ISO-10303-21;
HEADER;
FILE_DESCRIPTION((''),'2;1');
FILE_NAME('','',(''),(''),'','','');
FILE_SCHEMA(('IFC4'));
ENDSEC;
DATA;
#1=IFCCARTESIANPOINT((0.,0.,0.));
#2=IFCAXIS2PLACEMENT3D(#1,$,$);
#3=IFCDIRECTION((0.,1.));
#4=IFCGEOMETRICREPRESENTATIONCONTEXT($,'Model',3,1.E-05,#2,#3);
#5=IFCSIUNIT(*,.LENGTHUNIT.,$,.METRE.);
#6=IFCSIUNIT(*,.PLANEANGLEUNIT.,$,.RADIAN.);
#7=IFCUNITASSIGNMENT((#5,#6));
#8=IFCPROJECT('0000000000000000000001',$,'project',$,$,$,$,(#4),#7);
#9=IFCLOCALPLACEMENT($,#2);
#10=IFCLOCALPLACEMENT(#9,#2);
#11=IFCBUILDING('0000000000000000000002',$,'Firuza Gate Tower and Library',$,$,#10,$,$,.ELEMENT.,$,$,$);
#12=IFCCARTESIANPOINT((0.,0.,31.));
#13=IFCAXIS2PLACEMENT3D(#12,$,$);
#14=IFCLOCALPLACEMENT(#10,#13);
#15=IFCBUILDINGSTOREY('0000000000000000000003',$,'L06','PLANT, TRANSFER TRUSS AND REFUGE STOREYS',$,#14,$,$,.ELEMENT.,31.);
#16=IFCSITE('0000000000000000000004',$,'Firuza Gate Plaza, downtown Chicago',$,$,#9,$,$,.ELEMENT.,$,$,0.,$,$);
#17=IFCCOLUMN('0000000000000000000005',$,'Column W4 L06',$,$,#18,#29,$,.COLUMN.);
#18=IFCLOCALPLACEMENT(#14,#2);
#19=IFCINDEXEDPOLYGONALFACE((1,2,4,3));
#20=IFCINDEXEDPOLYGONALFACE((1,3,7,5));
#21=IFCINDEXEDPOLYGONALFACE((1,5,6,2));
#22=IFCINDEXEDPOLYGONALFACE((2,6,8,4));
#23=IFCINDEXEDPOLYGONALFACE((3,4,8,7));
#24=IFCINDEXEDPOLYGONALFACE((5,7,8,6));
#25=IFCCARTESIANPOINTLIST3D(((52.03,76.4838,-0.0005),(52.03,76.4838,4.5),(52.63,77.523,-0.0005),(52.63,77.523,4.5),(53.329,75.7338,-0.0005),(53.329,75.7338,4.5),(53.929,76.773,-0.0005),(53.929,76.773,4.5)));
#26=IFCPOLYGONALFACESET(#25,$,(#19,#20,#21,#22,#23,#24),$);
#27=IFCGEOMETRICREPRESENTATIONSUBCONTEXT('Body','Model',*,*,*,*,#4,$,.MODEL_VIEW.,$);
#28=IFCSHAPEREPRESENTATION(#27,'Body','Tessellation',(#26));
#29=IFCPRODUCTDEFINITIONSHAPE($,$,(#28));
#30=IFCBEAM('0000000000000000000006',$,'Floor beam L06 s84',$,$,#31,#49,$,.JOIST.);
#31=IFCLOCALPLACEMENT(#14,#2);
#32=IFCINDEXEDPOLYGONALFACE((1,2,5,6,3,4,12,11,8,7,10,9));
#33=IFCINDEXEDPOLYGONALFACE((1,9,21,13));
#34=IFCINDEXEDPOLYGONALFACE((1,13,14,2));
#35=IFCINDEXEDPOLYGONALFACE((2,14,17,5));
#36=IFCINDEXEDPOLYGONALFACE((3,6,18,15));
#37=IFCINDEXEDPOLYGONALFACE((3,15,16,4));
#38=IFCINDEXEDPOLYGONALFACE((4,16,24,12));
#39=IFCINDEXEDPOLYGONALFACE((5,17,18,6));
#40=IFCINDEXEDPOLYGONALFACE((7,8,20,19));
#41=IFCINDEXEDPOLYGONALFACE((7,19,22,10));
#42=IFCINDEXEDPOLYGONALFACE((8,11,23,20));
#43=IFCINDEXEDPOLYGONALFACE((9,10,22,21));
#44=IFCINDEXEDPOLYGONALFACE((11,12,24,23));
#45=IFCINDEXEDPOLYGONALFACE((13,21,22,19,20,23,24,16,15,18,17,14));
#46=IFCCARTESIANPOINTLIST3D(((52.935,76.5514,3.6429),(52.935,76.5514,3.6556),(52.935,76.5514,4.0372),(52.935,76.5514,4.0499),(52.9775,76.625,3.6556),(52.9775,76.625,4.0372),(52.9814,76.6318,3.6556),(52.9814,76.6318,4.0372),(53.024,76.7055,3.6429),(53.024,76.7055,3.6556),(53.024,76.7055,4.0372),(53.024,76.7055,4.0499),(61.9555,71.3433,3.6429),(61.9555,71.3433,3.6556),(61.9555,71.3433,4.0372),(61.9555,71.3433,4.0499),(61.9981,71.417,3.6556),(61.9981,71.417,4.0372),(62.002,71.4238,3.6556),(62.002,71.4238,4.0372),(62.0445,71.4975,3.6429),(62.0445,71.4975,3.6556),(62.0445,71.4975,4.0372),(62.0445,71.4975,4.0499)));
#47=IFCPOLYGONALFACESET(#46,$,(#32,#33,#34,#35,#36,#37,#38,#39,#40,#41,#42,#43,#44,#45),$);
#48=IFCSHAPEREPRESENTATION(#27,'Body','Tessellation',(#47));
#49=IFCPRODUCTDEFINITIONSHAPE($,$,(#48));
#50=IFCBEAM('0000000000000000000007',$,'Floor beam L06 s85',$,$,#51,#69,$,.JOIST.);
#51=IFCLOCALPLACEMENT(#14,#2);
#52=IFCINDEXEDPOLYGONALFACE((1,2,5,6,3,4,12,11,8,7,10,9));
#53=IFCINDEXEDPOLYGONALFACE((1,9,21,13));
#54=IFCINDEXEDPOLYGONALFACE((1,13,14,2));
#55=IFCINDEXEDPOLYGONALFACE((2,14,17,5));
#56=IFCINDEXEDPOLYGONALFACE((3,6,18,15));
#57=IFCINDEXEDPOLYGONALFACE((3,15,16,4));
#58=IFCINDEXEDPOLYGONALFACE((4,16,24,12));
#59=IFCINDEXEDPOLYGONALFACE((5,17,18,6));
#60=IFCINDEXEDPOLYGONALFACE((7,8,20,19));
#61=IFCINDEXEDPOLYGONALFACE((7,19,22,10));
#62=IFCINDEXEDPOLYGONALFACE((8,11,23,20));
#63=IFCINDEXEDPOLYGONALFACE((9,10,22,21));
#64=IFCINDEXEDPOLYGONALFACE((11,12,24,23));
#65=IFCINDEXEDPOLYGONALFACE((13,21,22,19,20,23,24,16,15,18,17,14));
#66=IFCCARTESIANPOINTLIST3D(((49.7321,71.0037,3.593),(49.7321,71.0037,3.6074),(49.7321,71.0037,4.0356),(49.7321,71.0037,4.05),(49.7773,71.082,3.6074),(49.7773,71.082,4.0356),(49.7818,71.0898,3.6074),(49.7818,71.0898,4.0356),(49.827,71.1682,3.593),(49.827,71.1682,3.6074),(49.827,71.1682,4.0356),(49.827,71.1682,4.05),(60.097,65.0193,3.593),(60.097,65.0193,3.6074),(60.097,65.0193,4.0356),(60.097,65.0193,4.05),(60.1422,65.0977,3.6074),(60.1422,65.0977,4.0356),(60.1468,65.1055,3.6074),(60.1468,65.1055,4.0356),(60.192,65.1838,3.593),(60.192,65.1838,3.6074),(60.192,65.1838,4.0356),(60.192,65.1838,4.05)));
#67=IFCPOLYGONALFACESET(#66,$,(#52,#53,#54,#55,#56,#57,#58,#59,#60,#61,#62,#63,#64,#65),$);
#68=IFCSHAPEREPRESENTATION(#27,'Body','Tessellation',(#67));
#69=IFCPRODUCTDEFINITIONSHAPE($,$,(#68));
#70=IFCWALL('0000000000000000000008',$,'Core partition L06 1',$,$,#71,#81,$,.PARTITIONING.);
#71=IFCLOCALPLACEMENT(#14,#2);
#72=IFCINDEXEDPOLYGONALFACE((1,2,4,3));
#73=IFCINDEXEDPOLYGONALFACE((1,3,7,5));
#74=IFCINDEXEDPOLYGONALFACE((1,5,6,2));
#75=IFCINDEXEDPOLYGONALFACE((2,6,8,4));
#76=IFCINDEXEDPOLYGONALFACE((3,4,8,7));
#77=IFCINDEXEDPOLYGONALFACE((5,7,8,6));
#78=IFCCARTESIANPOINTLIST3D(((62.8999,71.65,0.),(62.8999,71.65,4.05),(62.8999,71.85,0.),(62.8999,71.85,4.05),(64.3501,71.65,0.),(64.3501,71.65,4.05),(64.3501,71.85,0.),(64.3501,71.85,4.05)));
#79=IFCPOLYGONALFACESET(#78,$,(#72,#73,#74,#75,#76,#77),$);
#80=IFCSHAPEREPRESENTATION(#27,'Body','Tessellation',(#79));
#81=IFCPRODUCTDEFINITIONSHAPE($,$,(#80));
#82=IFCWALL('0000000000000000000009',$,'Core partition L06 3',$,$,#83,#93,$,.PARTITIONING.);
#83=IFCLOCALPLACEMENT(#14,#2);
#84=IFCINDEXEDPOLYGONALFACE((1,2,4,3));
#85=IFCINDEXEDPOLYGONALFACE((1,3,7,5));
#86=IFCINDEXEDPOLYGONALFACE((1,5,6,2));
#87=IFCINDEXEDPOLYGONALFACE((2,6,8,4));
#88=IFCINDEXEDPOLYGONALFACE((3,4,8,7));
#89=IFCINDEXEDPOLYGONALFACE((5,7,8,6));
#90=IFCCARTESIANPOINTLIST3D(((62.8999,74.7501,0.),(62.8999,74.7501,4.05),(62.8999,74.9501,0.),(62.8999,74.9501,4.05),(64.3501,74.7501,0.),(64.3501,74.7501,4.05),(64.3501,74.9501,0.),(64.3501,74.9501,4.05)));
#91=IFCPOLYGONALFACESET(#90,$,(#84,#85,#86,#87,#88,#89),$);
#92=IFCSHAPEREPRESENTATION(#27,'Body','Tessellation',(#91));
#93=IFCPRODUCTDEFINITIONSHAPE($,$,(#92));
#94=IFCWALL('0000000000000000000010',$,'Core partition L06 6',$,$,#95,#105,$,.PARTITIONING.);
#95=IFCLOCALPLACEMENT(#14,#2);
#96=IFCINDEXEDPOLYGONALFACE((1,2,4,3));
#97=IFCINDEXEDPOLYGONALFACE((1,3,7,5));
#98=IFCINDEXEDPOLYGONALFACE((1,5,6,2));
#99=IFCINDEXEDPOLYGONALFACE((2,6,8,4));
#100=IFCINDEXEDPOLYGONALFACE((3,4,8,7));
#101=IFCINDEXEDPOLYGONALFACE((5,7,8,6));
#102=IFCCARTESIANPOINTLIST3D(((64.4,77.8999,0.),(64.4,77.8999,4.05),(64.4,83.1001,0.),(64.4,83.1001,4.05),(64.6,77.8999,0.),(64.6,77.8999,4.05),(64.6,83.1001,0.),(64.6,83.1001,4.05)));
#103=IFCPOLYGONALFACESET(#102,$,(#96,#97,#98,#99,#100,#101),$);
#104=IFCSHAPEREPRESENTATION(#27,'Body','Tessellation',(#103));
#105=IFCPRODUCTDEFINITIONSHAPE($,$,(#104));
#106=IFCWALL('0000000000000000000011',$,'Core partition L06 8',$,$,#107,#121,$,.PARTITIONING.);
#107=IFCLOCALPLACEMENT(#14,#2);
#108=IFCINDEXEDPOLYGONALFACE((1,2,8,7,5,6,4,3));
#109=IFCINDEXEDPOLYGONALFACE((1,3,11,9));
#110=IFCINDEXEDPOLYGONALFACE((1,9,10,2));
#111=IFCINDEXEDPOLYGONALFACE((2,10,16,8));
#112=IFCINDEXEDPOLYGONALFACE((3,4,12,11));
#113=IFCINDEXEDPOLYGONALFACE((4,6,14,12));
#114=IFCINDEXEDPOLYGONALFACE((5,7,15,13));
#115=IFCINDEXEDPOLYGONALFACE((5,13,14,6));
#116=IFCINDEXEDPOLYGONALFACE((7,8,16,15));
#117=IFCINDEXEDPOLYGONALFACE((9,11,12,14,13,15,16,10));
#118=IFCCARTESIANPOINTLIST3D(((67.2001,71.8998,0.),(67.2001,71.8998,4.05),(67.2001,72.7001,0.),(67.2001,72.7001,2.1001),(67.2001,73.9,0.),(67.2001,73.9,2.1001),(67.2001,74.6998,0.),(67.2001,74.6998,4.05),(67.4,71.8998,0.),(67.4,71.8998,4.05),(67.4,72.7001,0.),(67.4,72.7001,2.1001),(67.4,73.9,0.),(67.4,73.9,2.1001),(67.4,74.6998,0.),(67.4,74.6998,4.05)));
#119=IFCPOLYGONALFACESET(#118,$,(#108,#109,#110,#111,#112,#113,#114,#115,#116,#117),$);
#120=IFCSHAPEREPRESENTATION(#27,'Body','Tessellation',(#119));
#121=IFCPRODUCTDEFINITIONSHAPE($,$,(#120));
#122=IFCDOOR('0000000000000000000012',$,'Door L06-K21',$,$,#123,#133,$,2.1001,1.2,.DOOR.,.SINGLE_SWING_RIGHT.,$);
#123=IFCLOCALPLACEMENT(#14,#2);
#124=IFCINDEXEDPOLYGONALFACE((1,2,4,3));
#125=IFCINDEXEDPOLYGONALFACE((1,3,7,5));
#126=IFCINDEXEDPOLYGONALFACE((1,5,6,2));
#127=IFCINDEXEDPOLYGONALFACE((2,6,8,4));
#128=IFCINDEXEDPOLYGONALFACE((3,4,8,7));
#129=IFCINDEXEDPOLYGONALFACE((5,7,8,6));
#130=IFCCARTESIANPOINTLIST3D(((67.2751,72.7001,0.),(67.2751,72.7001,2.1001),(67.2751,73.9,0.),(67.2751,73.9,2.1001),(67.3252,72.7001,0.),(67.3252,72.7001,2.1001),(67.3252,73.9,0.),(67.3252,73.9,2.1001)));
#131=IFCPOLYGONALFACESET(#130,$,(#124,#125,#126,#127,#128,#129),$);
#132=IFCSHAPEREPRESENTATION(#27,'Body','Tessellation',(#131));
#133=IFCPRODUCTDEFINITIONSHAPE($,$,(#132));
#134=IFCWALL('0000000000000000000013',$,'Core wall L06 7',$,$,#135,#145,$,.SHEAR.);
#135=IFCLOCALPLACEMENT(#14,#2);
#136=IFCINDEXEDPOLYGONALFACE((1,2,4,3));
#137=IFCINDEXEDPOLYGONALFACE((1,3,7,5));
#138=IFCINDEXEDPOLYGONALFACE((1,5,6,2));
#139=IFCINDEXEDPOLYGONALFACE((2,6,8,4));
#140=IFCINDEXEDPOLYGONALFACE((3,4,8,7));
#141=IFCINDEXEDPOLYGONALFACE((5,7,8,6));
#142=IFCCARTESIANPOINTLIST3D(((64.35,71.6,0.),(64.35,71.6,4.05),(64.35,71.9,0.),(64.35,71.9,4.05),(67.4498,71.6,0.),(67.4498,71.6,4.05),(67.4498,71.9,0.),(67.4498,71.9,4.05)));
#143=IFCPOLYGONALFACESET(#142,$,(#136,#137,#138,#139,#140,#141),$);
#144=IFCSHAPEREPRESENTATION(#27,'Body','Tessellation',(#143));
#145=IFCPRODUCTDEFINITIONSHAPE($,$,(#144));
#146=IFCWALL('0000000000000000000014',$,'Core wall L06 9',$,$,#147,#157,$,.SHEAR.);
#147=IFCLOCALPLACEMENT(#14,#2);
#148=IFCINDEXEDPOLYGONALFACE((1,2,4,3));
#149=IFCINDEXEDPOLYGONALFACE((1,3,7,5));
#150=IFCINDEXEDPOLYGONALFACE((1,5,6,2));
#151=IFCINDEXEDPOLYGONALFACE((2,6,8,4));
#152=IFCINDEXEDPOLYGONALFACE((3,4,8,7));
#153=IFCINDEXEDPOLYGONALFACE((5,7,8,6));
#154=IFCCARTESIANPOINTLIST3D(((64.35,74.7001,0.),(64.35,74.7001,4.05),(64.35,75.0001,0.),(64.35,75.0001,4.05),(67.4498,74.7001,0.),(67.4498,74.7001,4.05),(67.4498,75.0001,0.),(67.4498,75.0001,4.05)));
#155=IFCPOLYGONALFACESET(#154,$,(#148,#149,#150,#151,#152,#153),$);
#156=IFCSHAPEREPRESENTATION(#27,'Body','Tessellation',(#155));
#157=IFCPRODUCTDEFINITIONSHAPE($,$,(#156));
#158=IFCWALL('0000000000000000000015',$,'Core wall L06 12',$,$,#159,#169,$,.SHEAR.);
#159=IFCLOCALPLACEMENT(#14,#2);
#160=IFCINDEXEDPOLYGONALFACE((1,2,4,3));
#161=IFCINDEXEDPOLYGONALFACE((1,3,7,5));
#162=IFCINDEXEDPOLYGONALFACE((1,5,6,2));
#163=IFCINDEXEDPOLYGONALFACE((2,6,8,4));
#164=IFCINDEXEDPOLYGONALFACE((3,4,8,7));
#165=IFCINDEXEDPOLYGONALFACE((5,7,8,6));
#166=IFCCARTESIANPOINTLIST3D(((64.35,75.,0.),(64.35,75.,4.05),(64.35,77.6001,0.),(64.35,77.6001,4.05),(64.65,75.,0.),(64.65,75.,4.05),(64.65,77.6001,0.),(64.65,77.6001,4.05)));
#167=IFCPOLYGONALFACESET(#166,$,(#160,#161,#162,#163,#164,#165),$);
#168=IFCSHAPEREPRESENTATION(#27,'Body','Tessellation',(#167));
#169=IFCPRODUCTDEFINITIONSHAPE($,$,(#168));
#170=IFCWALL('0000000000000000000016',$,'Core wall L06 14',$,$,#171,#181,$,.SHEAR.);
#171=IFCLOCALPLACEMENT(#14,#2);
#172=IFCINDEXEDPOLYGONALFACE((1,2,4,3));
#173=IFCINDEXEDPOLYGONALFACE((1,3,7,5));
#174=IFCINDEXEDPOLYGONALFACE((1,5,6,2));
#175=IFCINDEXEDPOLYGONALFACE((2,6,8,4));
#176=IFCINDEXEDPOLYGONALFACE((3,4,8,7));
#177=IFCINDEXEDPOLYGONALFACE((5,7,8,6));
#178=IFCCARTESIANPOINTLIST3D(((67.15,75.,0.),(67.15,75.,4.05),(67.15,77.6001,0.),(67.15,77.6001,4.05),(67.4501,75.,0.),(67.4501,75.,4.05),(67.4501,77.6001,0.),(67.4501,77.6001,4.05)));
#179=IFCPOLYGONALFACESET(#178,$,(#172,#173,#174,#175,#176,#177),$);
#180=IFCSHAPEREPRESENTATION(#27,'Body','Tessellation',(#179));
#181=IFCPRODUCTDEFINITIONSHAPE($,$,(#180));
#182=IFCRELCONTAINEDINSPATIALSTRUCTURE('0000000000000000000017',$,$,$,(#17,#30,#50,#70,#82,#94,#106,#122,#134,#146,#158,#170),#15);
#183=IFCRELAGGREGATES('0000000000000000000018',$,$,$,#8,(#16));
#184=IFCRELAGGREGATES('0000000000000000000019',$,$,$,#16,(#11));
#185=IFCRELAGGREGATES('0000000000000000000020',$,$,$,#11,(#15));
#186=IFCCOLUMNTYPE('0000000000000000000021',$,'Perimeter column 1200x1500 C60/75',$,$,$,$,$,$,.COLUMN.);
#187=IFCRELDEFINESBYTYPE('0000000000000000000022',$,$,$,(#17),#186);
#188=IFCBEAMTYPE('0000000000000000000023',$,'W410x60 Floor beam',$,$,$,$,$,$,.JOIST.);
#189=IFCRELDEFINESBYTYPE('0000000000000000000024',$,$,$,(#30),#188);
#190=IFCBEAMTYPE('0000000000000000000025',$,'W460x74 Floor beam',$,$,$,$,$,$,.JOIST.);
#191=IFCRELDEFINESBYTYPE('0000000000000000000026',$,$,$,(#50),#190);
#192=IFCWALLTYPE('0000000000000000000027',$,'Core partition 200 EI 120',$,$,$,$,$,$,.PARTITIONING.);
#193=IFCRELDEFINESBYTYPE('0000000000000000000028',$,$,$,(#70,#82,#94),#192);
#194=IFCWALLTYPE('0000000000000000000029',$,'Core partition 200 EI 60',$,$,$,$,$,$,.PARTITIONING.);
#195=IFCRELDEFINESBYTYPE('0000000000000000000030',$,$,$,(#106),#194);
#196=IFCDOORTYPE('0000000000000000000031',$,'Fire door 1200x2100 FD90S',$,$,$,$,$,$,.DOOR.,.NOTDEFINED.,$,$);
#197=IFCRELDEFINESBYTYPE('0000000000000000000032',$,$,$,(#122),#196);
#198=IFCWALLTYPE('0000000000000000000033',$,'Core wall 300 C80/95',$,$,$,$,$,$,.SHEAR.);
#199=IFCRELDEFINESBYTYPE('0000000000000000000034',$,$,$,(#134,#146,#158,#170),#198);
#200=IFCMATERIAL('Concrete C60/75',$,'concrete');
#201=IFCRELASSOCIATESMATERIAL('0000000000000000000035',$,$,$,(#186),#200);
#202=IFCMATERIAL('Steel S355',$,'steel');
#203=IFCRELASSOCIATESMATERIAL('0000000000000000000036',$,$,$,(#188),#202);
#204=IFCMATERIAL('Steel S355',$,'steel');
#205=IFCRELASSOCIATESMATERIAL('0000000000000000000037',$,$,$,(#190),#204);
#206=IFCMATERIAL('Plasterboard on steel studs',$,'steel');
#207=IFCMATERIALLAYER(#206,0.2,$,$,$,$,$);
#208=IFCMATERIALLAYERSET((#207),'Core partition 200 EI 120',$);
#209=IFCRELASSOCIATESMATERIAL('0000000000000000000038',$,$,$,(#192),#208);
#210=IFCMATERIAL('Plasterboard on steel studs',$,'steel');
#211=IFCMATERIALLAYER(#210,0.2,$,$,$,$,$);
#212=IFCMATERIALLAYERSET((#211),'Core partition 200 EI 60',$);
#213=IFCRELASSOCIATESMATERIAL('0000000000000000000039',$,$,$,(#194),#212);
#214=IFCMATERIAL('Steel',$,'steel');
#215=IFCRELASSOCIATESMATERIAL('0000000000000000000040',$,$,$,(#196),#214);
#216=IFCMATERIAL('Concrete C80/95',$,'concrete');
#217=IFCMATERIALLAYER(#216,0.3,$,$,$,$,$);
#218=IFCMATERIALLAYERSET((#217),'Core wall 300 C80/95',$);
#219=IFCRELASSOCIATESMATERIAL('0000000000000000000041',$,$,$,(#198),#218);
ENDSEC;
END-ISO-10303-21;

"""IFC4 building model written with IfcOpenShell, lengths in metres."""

from ifc_helpers import new_model, si_unit, direction, frame, frame_2d, origin, origin_2d, place, context, subcontext, project, spatial, rectangle, i_section, extrude, material, layer, layer_set, material_profile, profile_set, type_object, element, fill, save


model = new_model("IFC4")

# Units and contexts
model_context = context("Model", 3, precision=1e-05, world=origin(), true_north=direction((0.0, 1.0)))
body_context = subcontext(model_context, "Body", "Model", "MODEL_VIEW")
ifc_project = project(units=[si_unit("LENGTHUNIT", "METRE"), si_unit("PLANEANGLEUNIT", "RADIAN")], contexts=[model_context])

# Site, building, storey
site_placement = place(None, origin())
site = spatial("IfcSite", under=ifc_project, at=site_placement, Name="Firuza Gate Plaza, downtown Chicago", CompositionType="ELEMENT", RefElevation=0.0)
building_placement = place(site_placement, origin())
building = spatial("IfcBuilding", under=site, at=building_placement, Name="Firuza Gate Tower and Library", CompositionType="ELEMENT")
storey_placement = place(building_placement, frame((0.0, 0.0, 31.0)))
storey = spatial("IfcBuildingStorey", under=building, at=storey_placement, Name="L06", Description="PLANT, TRANSFER TRUSS AND REFUGE STOREYS", CompositionType="ELEMENT", Elevation=31.0)

# Column
ifc_material_1 = material(Name="Concrete C60/75", Category="concrete")
ifc_material_profile_1 = material_profile(ifc_material_1, rectangle(XDim=1.2, YDim=1.5, at=origin_2d()))
ifc_profile_set_1 = profile_set([ifc_material_profile_1], Name="Concrete C60/75")
column_type = type_object("IfcColumnType", Name="Perimeter column 1200x1500 C60/75", PredefinedType="COLUMN", material=ifc_profile_set_1)
column_placement = place(storey_placement, frame((52.9795, 76.6284, -0.0005), z_axis=(0.0, 0.0, 1.0), x_axis=(-0.5, -0.866025, 0.0)))
element("IfcColumn", 1, at=column_placement, inside=storey, type_object=column_type, Name="Column W4 L06", PredefinedType="COLUMN", context=body_context, shape_type="SweptSolid", body=[
    extrude(rectangle(XDim=1.2, YDim=1.5, at=origin_2d()), origin(), (0.0, 0.0, 1.0), 4.5005),
])

# Beams
ifc_material_2 = material(Name="Steel S355", Category="steel")
ifc_material_profile_2 = material_profile(ifc_material_2, i_section(OverallWidth=0.178, OverallDepth=0.407, WebThickness=0.0078, FlangeThickness=0.0127, at=origin_2d()))
ifc_profile_set_2 = profile_set([ifc_material_profile_2], Name="Steel S355")
beam_type_1 = type_object("IfcBeamType", Name="W410x60 Floor beam", PredefinedType="JOIST", material=ifc_profile_set_2)
beam_1_placement = place(storey_placement, frame((52.9795, 76.6284, 3.8464), z_axis=(0.866025, -0.500001, 0.0), x_axis=(0.500001, 0.866025, 0.0)))
element("IfcBeam", 2, at=beam_1_placement, inside=storey, type_object=beam_type_1, Name="Floor beam L06 s84", PredefinedType="JOIST", context=body_context, shape_type="SweptSolid", body=[
    extrude(i_section(OverallWidth=0.178, OverallDepth=0.407, WebThickness=0.0078, FlangeThickness=0.0127, at=origin_2d()), origin(), (0.0, 0.0, 1.0), 10.416),
])
ifc_material_3 = material(Name="Steel S355", Category="steel")
ifc_material_profile_3 = material_profile(ifc_material_3, i_section(OverallWidth=0.1899, OverallDepth=0.457, WebThickness=0.009, FlangeThickness=0.0144, at=origin_2d()))
ifc_profile_set_3 = profile_set([ifc_material_profile_3], Name="Steel S355")
beam_type_2 = type_object("IfcBeamType", Name="W460x74 Floor beam", PredefinedType="JOIST", material=ifc_profile_set_3)
beam_2_placement = place(storey_placement, frame((49.7795, 71.0859, 3.8215), z_axis=(0.86602, -0.500009, 0.0), x_axis=(0.500009, 0.86602, 0.0)))
element("IfcBeam", 3, at=beam_2_placement, inside=storey, type_object=beam_type_2, Name="Floor beam L06 s85", PredefinedType="JOIST", context=body_context, shape_type="SweptSolid", body=[
    extrude(i_section(OverallWidth=0.1899, OverallDepth=0.457, WebThickness=0.009, FlangeThickness=0.0144, at=origin_2d()), origin(), (0.0, 0.0, 1.0), 11.9685),
])

# Walls
ifc_material_4 = material(Name="Plasterboard on steel studs", Category="steel")
ifc_layer_1 = layer(ifc_material_4, 0.2)
ifc_layer_set_1 = layer_set([ifc_layer_1], Name="Core partition 200 EI 120")
wall_type_1 = type_object("IfcWallType", Name="Core partition 200 EI 120", PredefinedType="PARTITIONING", material=ifc_layer_set_1)
for number, where, z_axis, x_axis, name in (
    (4, (62.8999, 71.75, 0.0), (0.0, 0.0, 1.0), (1.0, 0.0, 0.0), "Core partition L06 1"),
    (5, (62.8999, 74.8501, 0.0), (0.0, 0.0, 1.0), (1.0, 0.0, 0.0), "Core partition L06 3"),
):
    element("IfcWall", number, at=place(storey_placement, frame(where, z_axis=z_axis, x_axis=x_axis)), inside=storey, type_object=wall_type_1, Name=name, PredefinedType="PARTITIONING", context=body_context, shape_type="SweptSolid", body=[
        extrude(rectangle(XDim=1.4502, YDim=0.2, at=frame_2d((0.7251, 0.0))), origin(), (0.0, 0.0, 1.0), 4.05),
    ])
wall_1_placement = place(storey_placement, frame((64.5, 77.8999, 0.0), z_axis=(0.0, 0.0, 1.0), x_axis=(0.0, 1.0, 0.0)))
element("IfcWall", 6, at=wall_1_placement, inside=storey, type_object=wall_type_1, Name="Core partition L06 6", PredefinedType="PARTITIONING", context=body_context, shape_type="SweptSolid", body=[
    extrude(rectangle(XDim=5.2002, YDim=0.2, at=frame_2d((2.6001, 0.0))), origin(), (0.0, 0.0, 1.0), 4.05),
])

# Wall, opening, door
ifc_material_5 = material(Name="Plasterboard on steel studs", Category="steel")
ifc_layer_2 = layer(ifc_material_5, 0.2)
ifc_layer_set_2 = layer_set([ifc_layer_2], Name="Core partition 200 EI 60")
wall_type_2 = type_object("IfcWallType", Name="Core partition 200 EI 60", PredefinedType="PARTITIONING", material=ifc_layer_set_2)
wall_2_placement = place(storey_placement, frame((67.3, 71.8999, 0.0), z_axis=(0.0, 0.0, 1.0), x_axis=(0.0, 1.0, 0.0)))
wall_2 = element("IfcWall", 7, at=wall_2_placement, inside=storey, type_object=wall_type_2, Name="Core partition L06 8", PredefinedType="PARTITIONING", context=body_context, shape_type="SweptSolid", body=[
    extrude(rectangle(XDim=2.8, YDim=0.2, at=frame_2d((1.3999, 0.0))), origin(), (0.0, 0.0, 1.0), 4.05),
])
opening_1_placement = place(wall_2_placement, frame((0.8, 0.0, 0.0)))
opening_1 = element("IfcOpeningElement", 8, at=opening_1_placement, cuts=wall_2, PredefinedType="OPENING", context=body_context, shape_type="SweptSolid", body=[
    extrude(rectangle(XDim=1.2, YDim=2.1001, at=frame_2d((0.6001, 1.05))), frame((0.0, 0.1099, 0.0), z_axis=(0.0, -1.0, 0.0), x_axis=(1.0, 0.0, 0.0)), (0.0, 0.0, 1.0), 0.22),
])
ifc_material_6 = material(Name="Steel", Category="steel")
door_type_1 = type_object("IfcDoorType", Name="Fire door 1200x2100 FD90S", OperationType="NOTDEFINED", PredefinedType="DOOR", material=ifc_material_6)
door_1_placement = place(opening_1_placement, origin())
door_1 = element("IfcDoor", 9, at=door_1_placement, inside=storey, type_object=door_type_1, Name="Door L06-K21", OperationType="SINGLE_SWING_RIGHT", OverallHeight=2.1001, OverallWidth=1.2, PredefinedType="DOOR", context=body_context, shape_type="SweptSolid", body=[
    extrude(rectangle(XDim=1.2, YDim=2.1001, at=frame_2d((0.6001, 1.05))), frame((0.0, 0.0249, 0.0), z_axis=(0.0, -1.0, 0.0), x_axis=(1.0, 0.0, 0.0)), (0.0, 0.0, 1.0), 0.05),
])
fill(opening_1, door_1)

# Walls
ifc_material_7 = material(Name="Concrete C80/95", Category="concrete")
ifc_layer_3 = layer(ifc_material_7, 0.3)
ifc_layer_set_3 = layer_set([ifc_layer_3], Name="Core wall 300 C80/95")
wall_type_3 = type_object("IfcWallType", Name="Core wall 300 C80/95", PredefinedType="SHEAR", material=ifc_layer_set_3)
for number, where, z_axis, x_axis, name in (
    (10, (64.3501, 71.75, 0.0), (0.0, 0.0, 1.0), (1.0, 0.0, 0.0), "Core wall L06 7"),
    (11, (64.3501, 74.8501, 0.0), (0.0, 0.0, 1.0), (1.0, 0.0, 0.0), "Core wall L06 9"),
):
    element("IfcWall", number, at=place(storey_placement, frame(where, z_axis=z_axis, x_axis=x_axis)), inside=storey, type_object=wall_type_3, Name=name, PredefinedType="SHEAR", context=body_context, shape_type="SweptSolid", body=[
        extrude(rectangle(XDim=3.0999, YDim=0.3, at=frame_2d((1.5498, 0.0))), origin(), (0.0, 0.0, 1.0), 4.05),
    ])
for number, where, z_axis, x_axis, name in (
    (12, (64.5, 75.0, 0.0), (0.0, 0.0, 1.0), (0.0, 1.0, 0.0), "Core wall L06 12"),
    (13, (67.3, 75.0, 0.0), (0.0, 0.0, 1.0), (0.0, 1.0, 0.0), "Core wall L06 14"),
):
    element("IfcWall", number, at=place(storey_placement, frame(where, z_axis=z_axis, x_axis=x_axis)), inside=storey, type_object=wall_type_3, Name=name, PredefinedType="SHEAR", context=body_context, shape_type="SweptSolid", body=[
        extrude(rectangle(XDim=2.6001, YDim=0.3, at=frame_2d((1.3, 0.0))), origin(), (0.0, 0.0, 1.0), 4.05),
    ])

save(model, "model.ifc")
